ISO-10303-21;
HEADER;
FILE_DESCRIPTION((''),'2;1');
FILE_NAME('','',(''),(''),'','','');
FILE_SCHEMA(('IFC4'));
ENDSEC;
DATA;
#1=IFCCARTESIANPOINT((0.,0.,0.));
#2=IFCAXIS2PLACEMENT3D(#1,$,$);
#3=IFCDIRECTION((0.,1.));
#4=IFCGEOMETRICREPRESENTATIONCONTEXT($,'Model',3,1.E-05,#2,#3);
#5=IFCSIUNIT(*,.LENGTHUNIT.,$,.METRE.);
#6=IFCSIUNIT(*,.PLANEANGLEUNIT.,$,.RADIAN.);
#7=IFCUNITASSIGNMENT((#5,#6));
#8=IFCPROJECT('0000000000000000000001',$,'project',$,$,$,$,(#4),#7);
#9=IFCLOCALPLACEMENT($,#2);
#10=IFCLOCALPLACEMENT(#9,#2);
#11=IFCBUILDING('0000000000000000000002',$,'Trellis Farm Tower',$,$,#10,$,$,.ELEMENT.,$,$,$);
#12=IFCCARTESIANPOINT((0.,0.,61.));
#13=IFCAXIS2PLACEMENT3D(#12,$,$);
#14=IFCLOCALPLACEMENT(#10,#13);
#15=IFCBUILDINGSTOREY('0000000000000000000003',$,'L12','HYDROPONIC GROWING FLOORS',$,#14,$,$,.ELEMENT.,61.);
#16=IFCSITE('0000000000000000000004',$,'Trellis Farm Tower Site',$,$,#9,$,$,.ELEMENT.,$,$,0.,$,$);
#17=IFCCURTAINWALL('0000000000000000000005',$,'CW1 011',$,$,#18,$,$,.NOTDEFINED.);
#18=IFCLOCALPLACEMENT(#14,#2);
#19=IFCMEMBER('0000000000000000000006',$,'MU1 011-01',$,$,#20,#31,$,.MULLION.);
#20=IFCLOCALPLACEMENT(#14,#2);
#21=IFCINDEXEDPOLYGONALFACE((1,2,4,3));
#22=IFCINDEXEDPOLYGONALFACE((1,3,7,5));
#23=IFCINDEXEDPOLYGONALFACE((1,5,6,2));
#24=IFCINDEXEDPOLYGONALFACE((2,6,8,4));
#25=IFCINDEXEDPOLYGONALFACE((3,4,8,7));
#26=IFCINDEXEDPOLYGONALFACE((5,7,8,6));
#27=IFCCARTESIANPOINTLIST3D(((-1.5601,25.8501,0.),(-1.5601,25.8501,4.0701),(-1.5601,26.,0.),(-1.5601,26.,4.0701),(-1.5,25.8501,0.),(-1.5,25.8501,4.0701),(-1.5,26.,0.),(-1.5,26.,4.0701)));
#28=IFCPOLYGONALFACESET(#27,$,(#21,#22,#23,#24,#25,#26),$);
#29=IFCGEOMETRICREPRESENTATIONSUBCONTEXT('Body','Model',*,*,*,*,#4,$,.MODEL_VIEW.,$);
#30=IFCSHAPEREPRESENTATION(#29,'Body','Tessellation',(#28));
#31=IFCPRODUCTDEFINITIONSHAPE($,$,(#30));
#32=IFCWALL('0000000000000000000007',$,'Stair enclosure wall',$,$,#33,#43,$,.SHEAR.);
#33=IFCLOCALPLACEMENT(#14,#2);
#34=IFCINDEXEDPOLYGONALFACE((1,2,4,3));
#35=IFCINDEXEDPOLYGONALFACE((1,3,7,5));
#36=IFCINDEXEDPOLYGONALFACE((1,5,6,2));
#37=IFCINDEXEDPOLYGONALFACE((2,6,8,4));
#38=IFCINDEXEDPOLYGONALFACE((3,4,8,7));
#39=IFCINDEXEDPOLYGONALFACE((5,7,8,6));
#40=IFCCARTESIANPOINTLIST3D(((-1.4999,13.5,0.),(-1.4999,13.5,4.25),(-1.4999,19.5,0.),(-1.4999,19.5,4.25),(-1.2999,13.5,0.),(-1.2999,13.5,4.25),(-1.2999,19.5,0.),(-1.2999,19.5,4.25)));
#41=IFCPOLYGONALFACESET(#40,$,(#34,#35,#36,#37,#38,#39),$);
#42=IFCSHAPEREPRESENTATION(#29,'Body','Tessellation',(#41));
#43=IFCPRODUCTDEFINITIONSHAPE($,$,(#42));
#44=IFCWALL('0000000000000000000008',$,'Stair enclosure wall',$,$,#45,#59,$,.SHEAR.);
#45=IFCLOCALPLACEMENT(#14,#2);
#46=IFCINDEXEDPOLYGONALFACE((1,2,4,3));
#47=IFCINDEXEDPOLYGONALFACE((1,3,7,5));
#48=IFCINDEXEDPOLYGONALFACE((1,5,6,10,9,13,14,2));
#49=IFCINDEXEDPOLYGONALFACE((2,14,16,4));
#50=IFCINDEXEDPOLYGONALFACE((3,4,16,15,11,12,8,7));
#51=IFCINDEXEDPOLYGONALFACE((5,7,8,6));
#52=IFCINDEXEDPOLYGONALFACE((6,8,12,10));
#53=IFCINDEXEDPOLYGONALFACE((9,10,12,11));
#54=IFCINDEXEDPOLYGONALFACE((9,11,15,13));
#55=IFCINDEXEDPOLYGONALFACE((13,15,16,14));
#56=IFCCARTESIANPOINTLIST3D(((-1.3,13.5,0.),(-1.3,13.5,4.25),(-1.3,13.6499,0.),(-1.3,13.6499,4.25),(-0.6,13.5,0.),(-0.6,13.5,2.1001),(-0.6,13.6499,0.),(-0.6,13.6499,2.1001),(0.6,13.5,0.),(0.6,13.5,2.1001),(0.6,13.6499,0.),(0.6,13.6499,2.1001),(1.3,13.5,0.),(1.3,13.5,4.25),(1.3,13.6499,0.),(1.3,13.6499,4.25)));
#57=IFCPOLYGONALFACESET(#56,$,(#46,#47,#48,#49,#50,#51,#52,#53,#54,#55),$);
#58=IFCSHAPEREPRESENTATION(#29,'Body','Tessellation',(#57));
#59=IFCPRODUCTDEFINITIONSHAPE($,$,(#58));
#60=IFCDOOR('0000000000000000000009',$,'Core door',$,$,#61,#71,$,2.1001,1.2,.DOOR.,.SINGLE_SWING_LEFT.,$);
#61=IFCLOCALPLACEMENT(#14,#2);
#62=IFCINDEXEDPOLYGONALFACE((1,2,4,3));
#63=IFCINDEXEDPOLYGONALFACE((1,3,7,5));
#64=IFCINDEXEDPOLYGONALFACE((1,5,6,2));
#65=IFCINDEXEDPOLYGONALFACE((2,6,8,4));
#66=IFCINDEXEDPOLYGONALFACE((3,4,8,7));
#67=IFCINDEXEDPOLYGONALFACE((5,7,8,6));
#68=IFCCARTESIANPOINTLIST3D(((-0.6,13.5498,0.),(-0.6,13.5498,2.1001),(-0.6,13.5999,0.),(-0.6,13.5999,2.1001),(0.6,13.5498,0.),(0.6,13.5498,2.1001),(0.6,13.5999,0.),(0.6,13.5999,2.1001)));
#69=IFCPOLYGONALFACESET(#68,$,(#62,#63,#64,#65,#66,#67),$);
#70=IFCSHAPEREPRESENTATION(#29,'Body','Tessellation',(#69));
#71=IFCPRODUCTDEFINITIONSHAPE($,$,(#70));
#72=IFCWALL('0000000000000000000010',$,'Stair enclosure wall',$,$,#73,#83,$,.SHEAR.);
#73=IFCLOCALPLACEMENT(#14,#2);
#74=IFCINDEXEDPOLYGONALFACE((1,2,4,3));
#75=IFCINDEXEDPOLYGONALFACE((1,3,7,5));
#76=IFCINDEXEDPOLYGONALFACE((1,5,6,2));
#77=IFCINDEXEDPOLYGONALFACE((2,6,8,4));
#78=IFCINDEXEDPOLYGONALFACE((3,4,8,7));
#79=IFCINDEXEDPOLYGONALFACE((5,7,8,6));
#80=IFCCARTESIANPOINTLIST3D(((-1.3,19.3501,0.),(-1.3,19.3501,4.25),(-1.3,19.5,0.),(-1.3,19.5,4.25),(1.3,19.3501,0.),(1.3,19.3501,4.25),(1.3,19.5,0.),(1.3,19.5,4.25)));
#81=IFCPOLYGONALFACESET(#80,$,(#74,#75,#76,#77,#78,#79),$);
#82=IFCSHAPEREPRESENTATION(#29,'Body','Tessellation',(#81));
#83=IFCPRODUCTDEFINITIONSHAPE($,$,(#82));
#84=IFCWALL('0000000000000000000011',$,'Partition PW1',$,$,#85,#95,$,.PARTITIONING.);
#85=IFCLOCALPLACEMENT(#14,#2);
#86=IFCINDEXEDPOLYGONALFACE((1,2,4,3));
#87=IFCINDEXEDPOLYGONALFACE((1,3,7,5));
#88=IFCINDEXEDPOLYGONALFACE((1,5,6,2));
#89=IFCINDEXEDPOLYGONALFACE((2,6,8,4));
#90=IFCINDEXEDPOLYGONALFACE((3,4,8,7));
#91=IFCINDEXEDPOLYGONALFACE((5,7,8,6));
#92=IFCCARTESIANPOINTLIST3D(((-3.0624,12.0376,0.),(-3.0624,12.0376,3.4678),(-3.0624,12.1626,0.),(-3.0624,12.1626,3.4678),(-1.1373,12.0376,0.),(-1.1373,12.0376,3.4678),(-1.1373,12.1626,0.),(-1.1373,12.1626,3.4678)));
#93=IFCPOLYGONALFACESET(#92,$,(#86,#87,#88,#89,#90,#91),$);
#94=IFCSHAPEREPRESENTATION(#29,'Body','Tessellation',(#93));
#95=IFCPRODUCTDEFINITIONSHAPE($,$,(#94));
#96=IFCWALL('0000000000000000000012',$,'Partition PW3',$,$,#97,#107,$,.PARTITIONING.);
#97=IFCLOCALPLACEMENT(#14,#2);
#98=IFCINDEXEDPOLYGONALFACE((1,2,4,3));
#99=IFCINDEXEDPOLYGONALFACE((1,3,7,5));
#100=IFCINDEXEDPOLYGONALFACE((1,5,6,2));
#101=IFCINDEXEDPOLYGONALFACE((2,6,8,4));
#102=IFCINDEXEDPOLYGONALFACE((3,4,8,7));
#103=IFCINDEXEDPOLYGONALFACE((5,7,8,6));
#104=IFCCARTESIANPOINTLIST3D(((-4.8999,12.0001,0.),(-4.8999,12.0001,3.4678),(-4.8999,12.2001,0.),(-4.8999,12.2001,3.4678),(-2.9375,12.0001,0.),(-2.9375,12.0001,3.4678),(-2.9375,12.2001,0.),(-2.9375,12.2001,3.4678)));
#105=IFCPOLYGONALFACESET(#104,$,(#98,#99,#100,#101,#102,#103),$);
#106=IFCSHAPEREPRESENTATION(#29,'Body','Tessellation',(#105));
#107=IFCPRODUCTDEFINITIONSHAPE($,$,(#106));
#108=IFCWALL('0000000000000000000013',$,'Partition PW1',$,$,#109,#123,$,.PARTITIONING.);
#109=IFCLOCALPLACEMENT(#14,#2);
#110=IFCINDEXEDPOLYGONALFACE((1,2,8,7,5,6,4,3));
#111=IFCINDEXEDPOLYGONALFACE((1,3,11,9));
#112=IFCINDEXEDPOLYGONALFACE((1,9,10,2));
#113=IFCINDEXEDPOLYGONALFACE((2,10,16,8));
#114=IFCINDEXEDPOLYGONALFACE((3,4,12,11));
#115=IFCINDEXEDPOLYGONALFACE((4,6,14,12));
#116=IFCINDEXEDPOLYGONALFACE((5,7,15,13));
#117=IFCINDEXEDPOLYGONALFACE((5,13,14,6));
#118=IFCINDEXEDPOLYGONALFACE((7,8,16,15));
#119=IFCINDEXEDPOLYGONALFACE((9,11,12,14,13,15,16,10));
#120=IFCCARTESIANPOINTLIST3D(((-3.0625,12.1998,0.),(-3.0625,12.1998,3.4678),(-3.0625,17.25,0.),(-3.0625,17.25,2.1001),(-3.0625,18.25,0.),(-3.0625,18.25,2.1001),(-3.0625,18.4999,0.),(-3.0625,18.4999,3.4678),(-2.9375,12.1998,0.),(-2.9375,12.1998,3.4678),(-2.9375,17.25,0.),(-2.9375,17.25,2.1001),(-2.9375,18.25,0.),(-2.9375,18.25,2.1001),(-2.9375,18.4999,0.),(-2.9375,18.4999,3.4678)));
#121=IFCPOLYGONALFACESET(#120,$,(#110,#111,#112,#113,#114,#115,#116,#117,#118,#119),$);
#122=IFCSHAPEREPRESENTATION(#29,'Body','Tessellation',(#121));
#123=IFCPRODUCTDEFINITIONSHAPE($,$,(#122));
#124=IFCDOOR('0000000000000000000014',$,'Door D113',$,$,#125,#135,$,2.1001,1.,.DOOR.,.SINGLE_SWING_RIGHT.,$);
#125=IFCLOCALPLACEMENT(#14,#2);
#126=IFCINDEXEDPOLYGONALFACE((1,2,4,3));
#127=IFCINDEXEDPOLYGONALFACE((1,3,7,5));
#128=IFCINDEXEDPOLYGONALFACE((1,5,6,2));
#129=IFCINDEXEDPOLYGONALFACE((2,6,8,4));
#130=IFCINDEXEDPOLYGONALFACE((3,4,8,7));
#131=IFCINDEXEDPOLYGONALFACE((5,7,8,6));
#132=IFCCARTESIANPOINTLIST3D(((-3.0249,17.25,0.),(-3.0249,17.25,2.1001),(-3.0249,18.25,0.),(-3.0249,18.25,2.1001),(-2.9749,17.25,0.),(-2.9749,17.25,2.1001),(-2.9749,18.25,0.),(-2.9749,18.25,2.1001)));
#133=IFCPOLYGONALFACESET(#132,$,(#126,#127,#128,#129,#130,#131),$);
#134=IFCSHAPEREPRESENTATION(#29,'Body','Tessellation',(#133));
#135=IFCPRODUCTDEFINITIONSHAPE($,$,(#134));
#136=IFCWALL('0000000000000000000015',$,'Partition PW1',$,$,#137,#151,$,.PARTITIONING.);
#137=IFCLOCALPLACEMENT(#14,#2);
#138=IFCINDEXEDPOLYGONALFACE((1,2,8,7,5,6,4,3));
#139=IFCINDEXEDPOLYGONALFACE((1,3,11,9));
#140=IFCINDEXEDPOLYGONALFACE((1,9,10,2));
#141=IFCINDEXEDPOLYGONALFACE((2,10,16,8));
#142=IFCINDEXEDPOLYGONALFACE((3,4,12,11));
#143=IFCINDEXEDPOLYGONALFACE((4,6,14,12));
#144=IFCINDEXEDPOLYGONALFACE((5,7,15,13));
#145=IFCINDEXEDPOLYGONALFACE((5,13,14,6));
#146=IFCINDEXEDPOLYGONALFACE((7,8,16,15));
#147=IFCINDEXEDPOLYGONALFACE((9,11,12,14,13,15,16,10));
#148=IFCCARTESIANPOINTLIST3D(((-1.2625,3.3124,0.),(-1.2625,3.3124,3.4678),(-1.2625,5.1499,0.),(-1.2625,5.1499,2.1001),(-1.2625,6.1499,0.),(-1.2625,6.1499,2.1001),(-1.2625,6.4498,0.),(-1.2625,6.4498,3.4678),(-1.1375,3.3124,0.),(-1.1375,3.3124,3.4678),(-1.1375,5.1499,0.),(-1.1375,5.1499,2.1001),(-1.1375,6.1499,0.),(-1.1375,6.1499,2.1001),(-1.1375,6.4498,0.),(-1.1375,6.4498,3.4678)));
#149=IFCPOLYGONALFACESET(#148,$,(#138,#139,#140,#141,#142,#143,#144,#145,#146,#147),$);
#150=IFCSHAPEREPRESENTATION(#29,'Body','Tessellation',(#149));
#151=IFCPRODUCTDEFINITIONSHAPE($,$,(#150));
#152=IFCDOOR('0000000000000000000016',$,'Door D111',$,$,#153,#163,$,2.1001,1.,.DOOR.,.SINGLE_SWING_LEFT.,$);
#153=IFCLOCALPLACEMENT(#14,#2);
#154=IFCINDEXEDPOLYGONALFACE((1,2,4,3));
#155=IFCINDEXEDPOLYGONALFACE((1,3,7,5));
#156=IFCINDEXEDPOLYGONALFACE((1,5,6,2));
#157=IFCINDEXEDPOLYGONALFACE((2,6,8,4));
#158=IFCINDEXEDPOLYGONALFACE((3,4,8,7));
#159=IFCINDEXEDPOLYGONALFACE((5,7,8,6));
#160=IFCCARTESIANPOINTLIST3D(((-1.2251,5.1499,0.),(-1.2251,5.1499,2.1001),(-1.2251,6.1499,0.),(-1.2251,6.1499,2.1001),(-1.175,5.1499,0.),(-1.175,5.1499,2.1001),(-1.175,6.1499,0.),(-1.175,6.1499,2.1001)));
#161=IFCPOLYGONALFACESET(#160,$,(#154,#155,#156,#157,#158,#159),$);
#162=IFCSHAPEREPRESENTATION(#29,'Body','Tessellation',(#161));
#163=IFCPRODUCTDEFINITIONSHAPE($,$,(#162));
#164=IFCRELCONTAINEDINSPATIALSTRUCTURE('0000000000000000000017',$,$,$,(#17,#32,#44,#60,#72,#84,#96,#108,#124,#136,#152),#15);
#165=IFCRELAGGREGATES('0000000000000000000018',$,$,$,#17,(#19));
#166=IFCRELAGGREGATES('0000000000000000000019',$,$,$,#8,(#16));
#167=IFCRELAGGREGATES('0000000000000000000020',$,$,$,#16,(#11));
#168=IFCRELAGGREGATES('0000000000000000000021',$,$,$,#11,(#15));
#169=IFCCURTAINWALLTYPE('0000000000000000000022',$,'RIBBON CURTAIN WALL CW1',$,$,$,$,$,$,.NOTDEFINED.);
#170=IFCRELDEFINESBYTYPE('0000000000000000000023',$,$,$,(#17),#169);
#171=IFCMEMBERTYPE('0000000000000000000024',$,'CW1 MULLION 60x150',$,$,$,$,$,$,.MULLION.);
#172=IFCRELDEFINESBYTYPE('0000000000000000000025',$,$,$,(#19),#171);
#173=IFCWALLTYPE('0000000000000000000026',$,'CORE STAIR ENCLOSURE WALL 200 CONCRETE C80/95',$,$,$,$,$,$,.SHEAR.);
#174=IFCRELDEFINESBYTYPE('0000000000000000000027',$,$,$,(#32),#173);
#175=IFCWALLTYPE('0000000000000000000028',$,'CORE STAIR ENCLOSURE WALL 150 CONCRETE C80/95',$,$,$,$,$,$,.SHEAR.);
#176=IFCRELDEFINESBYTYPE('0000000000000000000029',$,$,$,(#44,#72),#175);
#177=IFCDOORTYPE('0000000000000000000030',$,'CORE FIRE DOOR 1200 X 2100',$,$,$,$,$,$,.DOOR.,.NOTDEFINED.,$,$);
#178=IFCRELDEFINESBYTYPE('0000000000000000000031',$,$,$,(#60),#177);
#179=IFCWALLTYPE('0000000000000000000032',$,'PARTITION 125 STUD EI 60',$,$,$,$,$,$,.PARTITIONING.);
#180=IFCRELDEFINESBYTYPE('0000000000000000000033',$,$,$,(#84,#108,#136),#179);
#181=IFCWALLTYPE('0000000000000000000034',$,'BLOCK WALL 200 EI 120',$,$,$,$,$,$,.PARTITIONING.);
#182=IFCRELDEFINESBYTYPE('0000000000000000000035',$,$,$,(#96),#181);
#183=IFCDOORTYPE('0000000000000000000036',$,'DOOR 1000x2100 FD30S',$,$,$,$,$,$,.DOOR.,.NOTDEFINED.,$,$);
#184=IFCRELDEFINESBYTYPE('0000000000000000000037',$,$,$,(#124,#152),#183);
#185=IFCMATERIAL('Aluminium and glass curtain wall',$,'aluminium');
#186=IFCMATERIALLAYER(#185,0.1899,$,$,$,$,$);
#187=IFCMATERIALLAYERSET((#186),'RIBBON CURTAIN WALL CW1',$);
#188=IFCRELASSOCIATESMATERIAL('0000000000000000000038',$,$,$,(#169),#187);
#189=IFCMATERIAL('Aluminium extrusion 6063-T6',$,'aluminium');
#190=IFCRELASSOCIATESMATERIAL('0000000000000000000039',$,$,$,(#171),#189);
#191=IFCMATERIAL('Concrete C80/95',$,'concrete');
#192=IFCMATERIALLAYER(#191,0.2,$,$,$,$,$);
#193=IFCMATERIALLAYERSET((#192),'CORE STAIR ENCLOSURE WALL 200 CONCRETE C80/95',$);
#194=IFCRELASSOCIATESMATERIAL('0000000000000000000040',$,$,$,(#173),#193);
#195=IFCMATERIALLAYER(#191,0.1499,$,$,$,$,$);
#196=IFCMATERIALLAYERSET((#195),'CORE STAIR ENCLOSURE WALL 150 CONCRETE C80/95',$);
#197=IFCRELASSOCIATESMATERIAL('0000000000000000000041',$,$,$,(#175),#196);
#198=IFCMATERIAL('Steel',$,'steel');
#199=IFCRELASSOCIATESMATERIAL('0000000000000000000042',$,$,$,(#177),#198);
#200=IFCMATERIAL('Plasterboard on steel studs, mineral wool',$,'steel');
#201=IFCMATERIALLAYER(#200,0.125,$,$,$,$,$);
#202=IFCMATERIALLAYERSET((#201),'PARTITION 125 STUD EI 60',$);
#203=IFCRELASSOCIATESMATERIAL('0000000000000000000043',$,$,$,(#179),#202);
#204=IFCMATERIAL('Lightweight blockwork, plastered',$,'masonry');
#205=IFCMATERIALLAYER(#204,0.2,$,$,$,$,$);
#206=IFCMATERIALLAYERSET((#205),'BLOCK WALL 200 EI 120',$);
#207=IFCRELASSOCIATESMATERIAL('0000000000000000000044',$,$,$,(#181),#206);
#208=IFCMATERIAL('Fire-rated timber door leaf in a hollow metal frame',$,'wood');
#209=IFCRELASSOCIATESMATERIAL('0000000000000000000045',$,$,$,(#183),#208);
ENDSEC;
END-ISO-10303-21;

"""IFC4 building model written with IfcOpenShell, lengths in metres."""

from ifc_helpers import new_model, si_unit, direction, frame, frame_2d, origin, origin_2d, place, context, subcontext, project, spatial, rectangle, extrude, source, transform, mapped, material, layer, layer_set, material_profile, profile_set, type_object, element, fill, aggregate, save


model = new_model("IFC4")

# Units and contexts
model_context = context("Model", 3, precision=1e-05, world=origin(), true_north=direction((0.0, 1.0)))
body_context = subcontext(model_context, "Body", "Model", "MODEL_VIEW")
ifc_project = project(units=[si_unit("LENGTHUNIT", "METRE"), si_unit("PLANEANGLEUNIT", "RADIAN")], contexts=[model_context])

# Site, building, storey
site_placement = place(None, origin())
site = spatial("IfcSite", under=ifc_project, at=site_placement, Name="Trellis Farm Tower Site", CompositionType="ELEMENT", RefElevation=0.0)
building_placement = place(site_placement, origin())
building = spatial("IfcBuilding", under=site, at=building_placement, Name="Trellis Farm Tower", CompositionType="ELEMENT")
storey_placement = place(building_placement, frame((0.0, 0.0, 61.0)))
storey = spatial("IfcBuildingStorey", under=building, at=storey_placement, Name="L12", Description="HYDROPONIC GROWING FLOORS", CompositionType="ELEMENT", Elevation=61.0)

# Shared definitions
ifc_material_1 = material(Name="Concrete C80/95", Category="concrete")

# Curtain wall, member
ifc_material_2 = material(Name="Aluminium and glass curtain wall", Category="aluminium")
ifc_layer_1 = layer(ifc_material_2, 0.1899)
ifc_layer_set_1 = layer_set([ifc_layer_1], Name="RIBBON CURTAIN WALL CW1")
curtain_wall_type = type_object("IfcCurtainWallType", Name="RIBBON CURTAIN WALL CW1", PredefinedType="NOTDEFINED", material=ifc_layer_set_1)
placement = place(storey_placement, origin())
curtain_wall = element("IfcCurtainWall", 1, at=placement, inside=storey, type_object=curtain_wall_type, Name="CW1 011", PredefinedType="NOTDEFINED")
ifc_material_3 = material(Name="Aluminium extrusion 6063-T6", Category="aluminium")
ifc_material_profile_1 = material_profile(ifc_material_3, rectangle(XDim=0.0601, YDim=0.1499, at=origin_2d()), Name="MULLION 60x150")
ifc_profile_set_1 = profile_set([ifc_material_profile_1], Name="Aluminium extrusion 6063-T6")
member_type = type_object("IfcMemberType", Name="CW1 MULLION 60x150", PredefinedType="MULLION", material=ifc_profile_set_1)
shared_shape_1 = source(origin(), body_context, "Body", "SweptSolid", [
    extrude(rectangle(XDim=0.0601, YDim=0.1499, at=origin_2d()), origin(), (0.0, 0.0, 1.0), 4.0701),
])
member_placement = place(storey_placement, frame((-1.53, 25.925, 0.0), z_axis=(0.0, 0.0, 1.0), x_axis=(-1.0, 0.0, 0.0)))
member = element("IfcMember", 2, at=member_placement, type_object=member_type, Name="MU1 011-01", PredefinedType="MULLION", context=body_context, shape_type="MappedRepresentation", body=[
    mapped(shared_shape_1, transform((0.0, 0.0, 0.0))),
])
aggregate(curtain_wall, [member])

# Wall
ifc_layer_2 = layer(ifc_material_1, 0.2)
ifc_layer_set_2 = layer_set([ifc_layer_2], Name="CORE STAIR ENCLOSURE WALL 200 CONCRETE C80/95")
wall_type_1 = type_object("IfcWallType", Name="CORE STAIR ENCLOSURE WALL 200 CONCRETE C80/95", PredefinedType="SHEAR", material=ifc_layer_set_2)
shared_shape_2 = source(origin(), body_context, "Body", "SweptSolid", [
    extrude(rectangle(XDim=6.0, YDim=0.2, at=frame_2d((3.0, 0.0))), origin(), (0.0, 0.0, 1.0), 4.25),
])
wall_1_placement = place(storey_placement, frame((-1.3999, 13.5, 0.0), z_axis=(0.0, 0.0, 1.0), x_axis=(0.0, 1.0, 0.0)))
element("IfcWall", 3, at=wall_1_placement, inside=storey, type_object=wall_type_1, Name="Stair enclosure wall", PredefinedType="SHEAR", context=body_context, shape_type="MappedRepresentation", body=[
    mapped(shared_shape_2, transform((0.0, 0.0, 0.0))),
])

# Wall, opening, door
ifc_layer_3 = layer(ifc_material_1, 0.1499)
ifc_layer_set_3 = layer_set([ifc_layer_3], Name="CORE STAIR ENCLOSURE WALL 150 CONCRETE C80/95")
wall_type_2 = type_object("IfcWallType", Name="CORE STAIR ENCLOSURE WALL 150 CONCRETE C80/95", PredefinedType="SHEAR", material=ifc_layer_set_3)
shared_shape_3 = source(origin(), body_context, "Body", "SweptSolid", [
    extrude(rectangle(XDim=2.6001, YDim=0.1499, at=frame_2d((1.3, 0.0))), origin(), (0.0, 0.0, 1.0), 4.25),
])
wall_2_placement = place(storey_placement, frame((-1.3, 13.575, 0.0), z_axis=(0.0, 0.0, 1.0), x_axis=(1.0, 0.0, 0.0)))
wall_2 = element("IfcWall", 4, at=wall_2_placement, inside=storey, type_object=wall_type_2, Name="Stair enclosure wall", PredefinedType="SHEAR", context=body_context, shape_type="MappedRepresentation", body=[
    mapped(shared_shape_3, transform((0.0, 0.0, 0.0))),
])
shared_shape_4 = source(origin(), body_context, "Body", "SweptSolid", [
    extrude(rectangle(XDim=1.2, YDim=2.1001, at=frame_2d((0.6001, 1.05))), frame((0.0, 0.085, 0.0), z_axis=(0.0, -1.0, 0.0), x_axis=(1.0, 0.0, 0.0)), (0.0, 0.0, 1.0), 0.1699),
])
opening_1_placement = place(wall_2_placement, frame((0.7, 0.0, 0.0)))
opening_1 = element("IfcOpeningElement", 5, at=opening_1_placement, cuts=wall_2, PredefinedType="OPENING", context=body_context, shape_type="MappedRepresentation", body=[
    mapped(shared_shape_4, transform((0.0, 0.0, 0.0))),
])
ifc_material_4 = material(Name="Steel", Category="steel")
door_type_1 = type_object("IfcDoorType", Name="CORE FIRE DOOR 1200 X 2100", OperationType="NOTDEFINED", PredefinedType="DOOR", material=ifc_material_4)
shared_shape_5 = source(origin(), body_context, "Body", "SweptSolid", [
    extrude(rectangle(XDim=1.2, YDim=2.1001, at=frame_2d((0.6001, 1.05))), frame((0.0, 0.0249, 0.0), z_axis=(0.0, -1.0, 0.0), x_axis=(1.0, 0.0, 0.0)), (0.0, 0.0, 1.0), 0.05),
])
door_1_placement = place(opening_1_placement, origin())
door_1 = element("IfcDoor", 6, at=door_1_placement, inside=storey, type_object=door_type_1, Name="Core door", OperationType="SINGLE_SWING_LEFT", OverallHeight=2.1001, OverallWidth=1.2, PredefinedType="DOOR", context=body_context, shape_type="MappedRepresentation", body=[
    mapped(shared_shape_5, transform((0.0, 0.0, 0.0))),
])
fill(opening_1, door_1)

# Walls
wall_3_placement = place(storey_placement, frame((-1.3, 19.425, 0.0), z_axis=(0.0, 0.0, 1.0), x_axis=(1.0, 0.0, 0.0)))
element("IfcWall", 7, at=wall_3_placement, inside=storey, type_object=wall_type_2, Name="Stair enclosure wall", PredefinedType="SHEAR", context=body_context, shape_type="MappedRepresentation", body=[
    mapped(shared_shape_3, transform((0.0, 0.0, 0.0))),
])
ifc_material_5 = material(Name="Plasterboard on steel studs, mineral wool", Category="steel")
ifc_layer_4 = layer(ifc_material_5, 0.125)
ifc_layer_set_4 = layer_set([ifc_layer_4], Name="PARTITION 125 STUD EI 60")
wall_type_3 = type_object("IfcWallType", Name="PARTITION 125 STUD EI 60", PredefinedType="PARTITIONING", material=ifc_layer_set_4)
shared_shape_6 = source(origin(), body_context, "Body", "SweptSolid", [
    extrude(rectangle(XDim=1.925, YDim=0.125, at=frame_2d((0.9624, 0.0))), origin(), (0.0, 0.0, 1.0), 3.4678),
])
wall_4_placement = place(storey_placement, frame((-1.1375, 12.1001, 0.0), z_axis=(0.0, 0.0, 1.0), x_axis=(-1.0, 0.0, 0.0)))
element("IfcWall", 8, at=wall_4_placement, inside=storey, type_object=wall_type_3, Name="Partition PW1", PredefinedType="PARTITIONING", context=body_context, shape_type="MappedRepresentation", body=[
    mapped(shared_shape_6, transform((0.0, 0.0, 0.0))),
])
ifc_material_6 = material(Name="Lightweight blockwork, plastered", Category="masonry")
ifc_layer_5 = layer(ifc_material_6, 0.2)
ifc_layer_set_5 = layer_set([ifc_layer_5], Name="BLOCK WALL 200 EI 120")
wall_type_4 = type_object("IfcWallType", Name="BLOCK WALL 200 EI 120", PredefinedType="PARTITIONING", material=ifc_layer_set_5)
shared_shape_7 = source(origin(), body_context, "Body", "SweptSolid", [
    extrude(rectangle(XDim=1.9624, YDim=0.2, at=frame_2d((0.9812, 0.0))), origin(), (0.0, 0.0, 1.0), 3.4678),
])
wall_5_placement = place(storey_placement, frame((-4.8999, 12.1001, 0.0), z_axis=(0.0, 0.0, 1.0), x_axis=(1.0, 0.0, 0.0)))
element("IfcWall", 9, at=wall_5_placement, inside=storey, type_object=wall_type_4, Name="Partition PW3", PredefinedType="PARTITIONING", context=body_context, shape_type="MappedRepresentation", body=[
    mapped(shared_shape_7, transform((0.0, 0.0, 0.0))),
])

# Walls, openings, doors
shared_shape_8 = source(origin(), body_context, "Body", "SweptSolid", [
    extrude(rectangle(XDim=6.3, YDim=0.125, at=frame_2d((3.1499, 0.0))), origin(), (0.0, 0.0, 1.0), 3.4678),
])
wall_6_placement = place(storey_placement, frame((-3.0, 12.2, 0.0), z_axis=(0.0, 0.0, 1.0), x_axis=(0.0, 1.0, 0.0)))
wall_6 = element("IfcWall", 10, at=wall_6_placement, inside=storey, type_object=wall_type_3, Name="Partition PW1", PredefinedType="PARTITIONING", context=body_context, shape_type="MappedRepresentation", body=[
    mapped(shared_shape_8, transform((0.0, 0.0, 0.0))),
])
shared_shape_9 = source(origin(), body_context, "Body", "SweptSolid", [
    extrude(rectangle(XDim=1.0, YDim=2.1001, at=frame_2d((0.5, 1.05))), frame((0.0, 0.0725, 0.0), z_axis=(0.0, -1.0, 0.0), x_axis=(1.0, 0.0, 0.0)), (0.0, 0.0, 1.0), 0.145),
])
opening_2_placement = place(wall_6_placement, frame((5.05, 0.0, 0.0)))
opening_2 = element("IfcOpeningElement", 11, at=opening_2_placement, cuts=wall_6, PredefinedType="OPENING", context=body_context, shape_type="MappedRepresentation", body=[
    mapped(shared_shape_9, transform((0.0, 0.0, 0.0))),
])
ifc_material_7 = material(Name="Fire-rated timber door leaf in a hollow metal frame", Category="wood")
door_type_2 = type_object("IfcDoorType", Name="DOOR 1000x2100 FD30S", OperationType="NOTDEFINED", PredefinedType="DOOR", material=ifc_material_7)
shared_shape_10 = source(origin(), body_context, "Body", "SweptSolid", [
    extrude(rectangle(XDim=1.0, YDim=2.1001, at=frame_2d((0.5, 1.05))), frame((0.0, 0.0249, 0.0), z_axis=(0.0, -1.0, 0.0), x_axis=(1.0, 0.0, 0.0)), (0.0, 0.0, 1.0), 0.05),
])
door_2_placement = place(opening_2_placement, origin())
door_2 = element("IfcDoor", 12, at=door_2_placement, inside=storey, type_object=door_type_2, Name="Door D113", OperationType="SINGLE_SWING_RIGHT", OverallHeight=2.1001, OverallWidth=1.0, PredefinedType="DOOR", context=body_context, shape_type="MappedRepresentation", body=[
    mapped(shared_shape_10, transform((0.0, 0.0, 0.0))),
])
fill(opening_2, door_2)
shared_shape_11 = source(origin(), body_context, "Body", "SweptSolid", [
    extrude(rectangle(XDim=3.1375, YDim=0.125, at=frame_2d((1.5688, 0.0))), origin(), (0.0, 0.0, 1.0), 3.4678),
])
wall_7_placement = place(storey_placement, frame((-1.2, 6.45, 0.0), z_axis=(0.0, 0.0, 1.0), x_axis=(0.0, -1.0, 0.0)))
wall_7 = element("IfcWall", 13, at=wall_7_placement, inside=storey, type_object=wall_type_3, Name="Partition PW1", PredefinedType="PARTITIONING", context=body_context, shape_type="MappedRepresentation", body=[
    mapped(shared_shape_11, transform((0.0, 0.0, 0.0))),
])
opening_3_placement = place(wall_7_placement, frame((0.3, 0.0, 0.0)))
opening_3 = element("IfcOpeningElement", 14, at=opening_3_placement, cuts=wall_7, PredefinedType="OPENING", context=body_context, shape_type="MappedRepresentation", body=[
    mapped(shared_shape_9, transform((0.0, 0.0, 0.0))),
])
door_3_placement = place(opening_3_placement, origin())
door_3 = element("IfcDoor", 15, at=door_3_placement, inside=storey, type_object=door_type_2, Name="Door D111", OperationType="SINGLE_SWING_LEFT", OverallHeight=2.1001, OverallWidth=1.0, PredefinedType="DOOR", context=body_context, shape_type="MappedRepresentation", body=[
    mapped(shared_shape_10, transform((0.0, 0.0, 0.0))),
])
fill(opening_3, door_3)

save(model, "model.ifc")
